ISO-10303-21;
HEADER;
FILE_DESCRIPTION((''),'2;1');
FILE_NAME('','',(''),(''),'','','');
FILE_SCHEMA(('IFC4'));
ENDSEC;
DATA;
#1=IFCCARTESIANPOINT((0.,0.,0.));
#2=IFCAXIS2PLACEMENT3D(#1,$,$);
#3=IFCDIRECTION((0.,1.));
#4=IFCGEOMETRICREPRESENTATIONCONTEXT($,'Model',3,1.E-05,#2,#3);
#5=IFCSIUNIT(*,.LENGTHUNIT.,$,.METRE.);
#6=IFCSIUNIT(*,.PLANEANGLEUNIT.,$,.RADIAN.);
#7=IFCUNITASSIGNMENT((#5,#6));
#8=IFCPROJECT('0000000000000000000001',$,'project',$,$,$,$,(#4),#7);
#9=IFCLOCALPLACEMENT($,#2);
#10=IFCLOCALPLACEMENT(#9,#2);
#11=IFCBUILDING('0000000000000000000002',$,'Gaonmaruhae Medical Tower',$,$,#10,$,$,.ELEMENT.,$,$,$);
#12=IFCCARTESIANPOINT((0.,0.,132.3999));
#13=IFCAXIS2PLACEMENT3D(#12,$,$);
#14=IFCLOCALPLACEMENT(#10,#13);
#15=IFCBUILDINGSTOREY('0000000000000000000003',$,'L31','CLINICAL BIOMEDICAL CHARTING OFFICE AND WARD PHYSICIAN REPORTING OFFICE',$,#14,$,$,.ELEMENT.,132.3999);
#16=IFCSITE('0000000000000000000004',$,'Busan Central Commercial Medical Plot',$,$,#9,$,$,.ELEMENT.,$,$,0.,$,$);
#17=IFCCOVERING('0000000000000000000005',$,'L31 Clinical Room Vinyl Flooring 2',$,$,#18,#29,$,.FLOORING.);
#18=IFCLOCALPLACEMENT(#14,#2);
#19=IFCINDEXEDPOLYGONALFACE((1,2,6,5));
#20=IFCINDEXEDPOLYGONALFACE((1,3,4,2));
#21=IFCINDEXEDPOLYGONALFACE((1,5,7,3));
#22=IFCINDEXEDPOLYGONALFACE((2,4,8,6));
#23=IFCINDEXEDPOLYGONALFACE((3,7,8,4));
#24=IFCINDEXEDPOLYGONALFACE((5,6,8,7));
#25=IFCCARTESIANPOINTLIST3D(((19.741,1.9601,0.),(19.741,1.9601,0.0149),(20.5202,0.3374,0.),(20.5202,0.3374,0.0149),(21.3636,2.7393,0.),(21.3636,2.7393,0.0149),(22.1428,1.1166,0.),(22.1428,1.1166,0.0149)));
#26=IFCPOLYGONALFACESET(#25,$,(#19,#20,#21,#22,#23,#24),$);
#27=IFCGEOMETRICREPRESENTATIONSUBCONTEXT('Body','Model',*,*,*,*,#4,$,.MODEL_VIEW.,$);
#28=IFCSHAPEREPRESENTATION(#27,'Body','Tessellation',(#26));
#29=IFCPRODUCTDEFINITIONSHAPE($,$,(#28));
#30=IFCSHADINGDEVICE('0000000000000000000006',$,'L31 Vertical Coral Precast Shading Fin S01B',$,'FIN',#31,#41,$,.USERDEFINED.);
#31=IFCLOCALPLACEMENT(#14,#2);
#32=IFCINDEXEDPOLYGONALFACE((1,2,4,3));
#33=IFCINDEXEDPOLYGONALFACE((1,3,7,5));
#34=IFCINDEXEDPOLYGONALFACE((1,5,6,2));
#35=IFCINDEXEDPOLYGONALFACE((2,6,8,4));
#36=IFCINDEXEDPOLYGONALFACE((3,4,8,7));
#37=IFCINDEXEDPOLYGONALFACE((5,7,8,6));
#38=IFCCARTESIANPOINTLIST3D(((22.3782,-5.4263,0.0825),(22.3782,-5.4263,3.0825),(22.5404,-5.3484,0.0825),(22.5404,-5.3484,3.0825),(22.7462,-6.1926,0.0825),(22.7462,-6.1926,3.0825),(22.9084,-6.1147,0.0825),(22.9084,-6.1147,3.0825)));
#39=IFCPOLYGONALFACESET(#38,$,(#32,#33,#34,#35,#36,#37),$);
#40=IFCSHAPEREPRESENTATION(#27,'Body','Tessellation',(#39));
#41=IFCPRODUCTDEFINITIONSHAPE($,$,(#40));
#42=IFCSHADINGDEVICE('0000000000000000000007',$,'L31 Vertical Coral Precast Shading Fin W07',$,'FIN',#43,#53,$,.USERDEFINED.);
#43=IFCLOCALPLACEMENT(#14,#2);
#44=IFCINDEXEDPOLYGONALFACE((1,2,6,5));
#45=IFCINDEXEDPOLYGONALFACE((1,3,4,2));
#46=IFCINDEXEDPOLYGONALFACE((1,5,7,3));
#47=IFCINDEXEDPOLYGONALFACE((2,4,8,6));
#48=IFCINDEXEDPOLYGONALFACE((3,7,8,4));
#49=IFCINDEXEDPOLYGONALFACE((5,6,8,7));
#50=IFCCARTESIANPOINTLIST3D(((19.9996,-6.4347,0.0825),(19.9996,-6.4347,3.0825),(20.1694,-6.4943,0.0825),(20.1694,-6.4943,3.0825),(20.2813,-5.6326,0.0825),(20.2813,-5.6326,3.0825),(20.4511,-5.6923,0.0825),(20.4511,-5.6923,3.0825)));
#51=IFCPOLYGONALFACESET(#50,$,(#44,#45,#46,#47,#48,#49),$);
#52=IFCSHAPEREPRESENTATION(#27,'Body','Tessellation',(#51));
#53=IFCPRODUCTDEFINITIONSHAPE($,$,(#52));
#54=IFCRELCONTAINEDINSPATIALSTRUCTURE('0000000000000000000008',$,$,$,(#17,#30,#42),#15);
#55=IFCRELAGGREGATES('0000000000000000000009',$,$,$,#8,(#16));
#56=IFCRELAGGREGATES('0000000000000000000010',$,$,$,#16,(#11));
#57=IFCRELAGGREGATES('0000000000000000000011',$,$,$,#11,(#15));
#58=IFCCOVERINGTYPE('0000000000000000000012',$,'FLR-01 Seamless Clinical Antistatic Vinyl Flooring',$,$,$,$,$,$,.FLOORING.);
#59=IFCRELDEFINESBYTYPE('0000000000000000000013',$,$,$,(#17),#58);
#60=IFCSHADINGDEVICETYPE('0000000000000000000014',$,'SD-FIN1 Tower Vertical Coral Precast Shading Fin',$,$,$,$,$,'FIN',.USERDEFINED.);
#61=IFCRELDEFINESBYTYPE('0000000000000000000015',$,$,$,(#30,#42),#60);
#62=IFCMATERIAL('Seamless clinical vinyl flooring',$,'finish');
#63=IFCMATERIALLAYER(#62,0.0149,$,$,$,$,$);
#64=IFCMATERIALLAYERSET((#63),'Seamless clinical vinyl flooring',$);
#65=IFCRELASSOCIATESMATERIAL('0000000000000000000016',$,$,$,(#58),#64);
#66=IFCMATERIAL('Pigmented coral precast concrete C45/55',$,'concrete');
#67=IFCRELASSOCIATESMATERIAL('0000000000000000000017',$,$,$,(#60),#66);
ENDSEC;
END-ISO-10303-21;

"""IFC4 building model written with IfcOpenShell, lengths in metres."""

from ifc_helpers import new_model, si_unit, direction, frame, origin, origin_2d, place, context, subcontext, project, spatial, rectangle, extrude, material, layer, layer_set, type_object, element, save


model = new_model("IFC4")

# Units and contexts
model_context = context("Model", 3, precision=1e-05, world=origin(), true_north=direction((0.0, 1.0)))
body_context = subcontext(model_context, "Body", "Model", "MODEL_VIEW")
ifc_project = project(units=[si_unit("LENGTHUNIT", "METRE"), si_unit("PLANEANGLEUNIT", "RADIAN")], contexts=[model_context])

# Site, building, storey
site_placement = place(None, origin())
site = spatial("IfcSite", under=ifc_project, at=site_placement, Name="Busan Central Commercial Medical Plot", CompositionType="ELEMENT", RefElevation=0.0)
building_placement = place(site_placement, origin())
building = spatial("IfcBuilding", under=site, at=building_placement, Name="Gaonmaruhae Medical Tower", CompositionType="ELEMENT")
storey_placement = place(building_placement, frame((0.0, 0.0, 132.3999)))
storey = spatial("IfcBuildingStorey", under=building, at=storey_placement, Name="L31", Description="CLINICAL BIOMEDICAL CHARTING OFFICE AND WARD PHYSICIAN REPORTING OFFICE", CompositionType="ELEMENT", Elevation=132.3999)

# Covering
ifc_material_1 = material(Name="Seamless clinical vinyl flooring", Category="finish")
ifc_layer_1 = layer(ifc_material_1, 0.0149)
ifc_layer_set_1 = layer_set([ifc_layer_1], Name="Seamless clinical vinyl flooring")
covering_type_1 = type_object("IfcCoveringType", Name="FLR-01 Seamless Clinical Antistatic Vinyl Flooring", PredefinedType="FLOORING", material=ifc_layer_set_1)
covering_1_placement = place(storey_placement, frame((20.9419, 1.5383, 0.0), z_axis=(0.0, 0.0, 1.0), x_axis=(0.901455, 0.432873, 0.0)))
element("IfcCovering", 1, at=covering_1_placement, inside=storey, type_object=covering_type_1, Name="L31 Clinical Room Vinyl Flooring 2", PredefinedType="FLOORING", context=body_context, shape_type="SweptSolid", body=[
    extrude(rectangle(XDim=1.8, YDim=1.8, at=origin_2d()), origin(), (0.0, 0.0, 1.0), 0.0149),
])

# Shading devices
ifc_material_2 = material(Name="Pigmented coral precast concrete C45/55", Category="concrete")
shading_device_type = type_object("IfcShadingDeviceType", Name="SD-FIN1 Tower Vertical Coral Precast Shading Fin", ElementType="FIN", PredefinedType="USERDEFINED", material=ifc_material_2)
for number, where, z_axis, x_axis, name in (
    (2, (22.6433, -5.7705, 0.0825), (0.0, 0.0, 1.0), (-0.901455, -0.432873, 0.0), "L31 Vertical Coral Precast Shading Fin S01B"),
    (3, (20.2253, -6.0635, 0.0825), (0.0, 0.0, 1.0), (-0.943506, 0.331354, 0.0), "L31 Vertical Coral Precast Shading Fin W07"),
):
    element("IfcShadingDevice", number, at=place(storey_placement, frame(where, z_axis=z_axis, x_axis=x_axis)), inside=storey, type_object=shading_device_type, Name=name, ObjectType="FIN", PredefinedType="USERDEFINED", context=body_context, shape_type="SweptSolid", body=[
        extrude(rectangle(XDim=0.1799, YDim=0.8501, at=origin_2d()), origin(), (0.0, 0.0, 1.0), 3.0),
    ])

save(model, "model.ifc")
